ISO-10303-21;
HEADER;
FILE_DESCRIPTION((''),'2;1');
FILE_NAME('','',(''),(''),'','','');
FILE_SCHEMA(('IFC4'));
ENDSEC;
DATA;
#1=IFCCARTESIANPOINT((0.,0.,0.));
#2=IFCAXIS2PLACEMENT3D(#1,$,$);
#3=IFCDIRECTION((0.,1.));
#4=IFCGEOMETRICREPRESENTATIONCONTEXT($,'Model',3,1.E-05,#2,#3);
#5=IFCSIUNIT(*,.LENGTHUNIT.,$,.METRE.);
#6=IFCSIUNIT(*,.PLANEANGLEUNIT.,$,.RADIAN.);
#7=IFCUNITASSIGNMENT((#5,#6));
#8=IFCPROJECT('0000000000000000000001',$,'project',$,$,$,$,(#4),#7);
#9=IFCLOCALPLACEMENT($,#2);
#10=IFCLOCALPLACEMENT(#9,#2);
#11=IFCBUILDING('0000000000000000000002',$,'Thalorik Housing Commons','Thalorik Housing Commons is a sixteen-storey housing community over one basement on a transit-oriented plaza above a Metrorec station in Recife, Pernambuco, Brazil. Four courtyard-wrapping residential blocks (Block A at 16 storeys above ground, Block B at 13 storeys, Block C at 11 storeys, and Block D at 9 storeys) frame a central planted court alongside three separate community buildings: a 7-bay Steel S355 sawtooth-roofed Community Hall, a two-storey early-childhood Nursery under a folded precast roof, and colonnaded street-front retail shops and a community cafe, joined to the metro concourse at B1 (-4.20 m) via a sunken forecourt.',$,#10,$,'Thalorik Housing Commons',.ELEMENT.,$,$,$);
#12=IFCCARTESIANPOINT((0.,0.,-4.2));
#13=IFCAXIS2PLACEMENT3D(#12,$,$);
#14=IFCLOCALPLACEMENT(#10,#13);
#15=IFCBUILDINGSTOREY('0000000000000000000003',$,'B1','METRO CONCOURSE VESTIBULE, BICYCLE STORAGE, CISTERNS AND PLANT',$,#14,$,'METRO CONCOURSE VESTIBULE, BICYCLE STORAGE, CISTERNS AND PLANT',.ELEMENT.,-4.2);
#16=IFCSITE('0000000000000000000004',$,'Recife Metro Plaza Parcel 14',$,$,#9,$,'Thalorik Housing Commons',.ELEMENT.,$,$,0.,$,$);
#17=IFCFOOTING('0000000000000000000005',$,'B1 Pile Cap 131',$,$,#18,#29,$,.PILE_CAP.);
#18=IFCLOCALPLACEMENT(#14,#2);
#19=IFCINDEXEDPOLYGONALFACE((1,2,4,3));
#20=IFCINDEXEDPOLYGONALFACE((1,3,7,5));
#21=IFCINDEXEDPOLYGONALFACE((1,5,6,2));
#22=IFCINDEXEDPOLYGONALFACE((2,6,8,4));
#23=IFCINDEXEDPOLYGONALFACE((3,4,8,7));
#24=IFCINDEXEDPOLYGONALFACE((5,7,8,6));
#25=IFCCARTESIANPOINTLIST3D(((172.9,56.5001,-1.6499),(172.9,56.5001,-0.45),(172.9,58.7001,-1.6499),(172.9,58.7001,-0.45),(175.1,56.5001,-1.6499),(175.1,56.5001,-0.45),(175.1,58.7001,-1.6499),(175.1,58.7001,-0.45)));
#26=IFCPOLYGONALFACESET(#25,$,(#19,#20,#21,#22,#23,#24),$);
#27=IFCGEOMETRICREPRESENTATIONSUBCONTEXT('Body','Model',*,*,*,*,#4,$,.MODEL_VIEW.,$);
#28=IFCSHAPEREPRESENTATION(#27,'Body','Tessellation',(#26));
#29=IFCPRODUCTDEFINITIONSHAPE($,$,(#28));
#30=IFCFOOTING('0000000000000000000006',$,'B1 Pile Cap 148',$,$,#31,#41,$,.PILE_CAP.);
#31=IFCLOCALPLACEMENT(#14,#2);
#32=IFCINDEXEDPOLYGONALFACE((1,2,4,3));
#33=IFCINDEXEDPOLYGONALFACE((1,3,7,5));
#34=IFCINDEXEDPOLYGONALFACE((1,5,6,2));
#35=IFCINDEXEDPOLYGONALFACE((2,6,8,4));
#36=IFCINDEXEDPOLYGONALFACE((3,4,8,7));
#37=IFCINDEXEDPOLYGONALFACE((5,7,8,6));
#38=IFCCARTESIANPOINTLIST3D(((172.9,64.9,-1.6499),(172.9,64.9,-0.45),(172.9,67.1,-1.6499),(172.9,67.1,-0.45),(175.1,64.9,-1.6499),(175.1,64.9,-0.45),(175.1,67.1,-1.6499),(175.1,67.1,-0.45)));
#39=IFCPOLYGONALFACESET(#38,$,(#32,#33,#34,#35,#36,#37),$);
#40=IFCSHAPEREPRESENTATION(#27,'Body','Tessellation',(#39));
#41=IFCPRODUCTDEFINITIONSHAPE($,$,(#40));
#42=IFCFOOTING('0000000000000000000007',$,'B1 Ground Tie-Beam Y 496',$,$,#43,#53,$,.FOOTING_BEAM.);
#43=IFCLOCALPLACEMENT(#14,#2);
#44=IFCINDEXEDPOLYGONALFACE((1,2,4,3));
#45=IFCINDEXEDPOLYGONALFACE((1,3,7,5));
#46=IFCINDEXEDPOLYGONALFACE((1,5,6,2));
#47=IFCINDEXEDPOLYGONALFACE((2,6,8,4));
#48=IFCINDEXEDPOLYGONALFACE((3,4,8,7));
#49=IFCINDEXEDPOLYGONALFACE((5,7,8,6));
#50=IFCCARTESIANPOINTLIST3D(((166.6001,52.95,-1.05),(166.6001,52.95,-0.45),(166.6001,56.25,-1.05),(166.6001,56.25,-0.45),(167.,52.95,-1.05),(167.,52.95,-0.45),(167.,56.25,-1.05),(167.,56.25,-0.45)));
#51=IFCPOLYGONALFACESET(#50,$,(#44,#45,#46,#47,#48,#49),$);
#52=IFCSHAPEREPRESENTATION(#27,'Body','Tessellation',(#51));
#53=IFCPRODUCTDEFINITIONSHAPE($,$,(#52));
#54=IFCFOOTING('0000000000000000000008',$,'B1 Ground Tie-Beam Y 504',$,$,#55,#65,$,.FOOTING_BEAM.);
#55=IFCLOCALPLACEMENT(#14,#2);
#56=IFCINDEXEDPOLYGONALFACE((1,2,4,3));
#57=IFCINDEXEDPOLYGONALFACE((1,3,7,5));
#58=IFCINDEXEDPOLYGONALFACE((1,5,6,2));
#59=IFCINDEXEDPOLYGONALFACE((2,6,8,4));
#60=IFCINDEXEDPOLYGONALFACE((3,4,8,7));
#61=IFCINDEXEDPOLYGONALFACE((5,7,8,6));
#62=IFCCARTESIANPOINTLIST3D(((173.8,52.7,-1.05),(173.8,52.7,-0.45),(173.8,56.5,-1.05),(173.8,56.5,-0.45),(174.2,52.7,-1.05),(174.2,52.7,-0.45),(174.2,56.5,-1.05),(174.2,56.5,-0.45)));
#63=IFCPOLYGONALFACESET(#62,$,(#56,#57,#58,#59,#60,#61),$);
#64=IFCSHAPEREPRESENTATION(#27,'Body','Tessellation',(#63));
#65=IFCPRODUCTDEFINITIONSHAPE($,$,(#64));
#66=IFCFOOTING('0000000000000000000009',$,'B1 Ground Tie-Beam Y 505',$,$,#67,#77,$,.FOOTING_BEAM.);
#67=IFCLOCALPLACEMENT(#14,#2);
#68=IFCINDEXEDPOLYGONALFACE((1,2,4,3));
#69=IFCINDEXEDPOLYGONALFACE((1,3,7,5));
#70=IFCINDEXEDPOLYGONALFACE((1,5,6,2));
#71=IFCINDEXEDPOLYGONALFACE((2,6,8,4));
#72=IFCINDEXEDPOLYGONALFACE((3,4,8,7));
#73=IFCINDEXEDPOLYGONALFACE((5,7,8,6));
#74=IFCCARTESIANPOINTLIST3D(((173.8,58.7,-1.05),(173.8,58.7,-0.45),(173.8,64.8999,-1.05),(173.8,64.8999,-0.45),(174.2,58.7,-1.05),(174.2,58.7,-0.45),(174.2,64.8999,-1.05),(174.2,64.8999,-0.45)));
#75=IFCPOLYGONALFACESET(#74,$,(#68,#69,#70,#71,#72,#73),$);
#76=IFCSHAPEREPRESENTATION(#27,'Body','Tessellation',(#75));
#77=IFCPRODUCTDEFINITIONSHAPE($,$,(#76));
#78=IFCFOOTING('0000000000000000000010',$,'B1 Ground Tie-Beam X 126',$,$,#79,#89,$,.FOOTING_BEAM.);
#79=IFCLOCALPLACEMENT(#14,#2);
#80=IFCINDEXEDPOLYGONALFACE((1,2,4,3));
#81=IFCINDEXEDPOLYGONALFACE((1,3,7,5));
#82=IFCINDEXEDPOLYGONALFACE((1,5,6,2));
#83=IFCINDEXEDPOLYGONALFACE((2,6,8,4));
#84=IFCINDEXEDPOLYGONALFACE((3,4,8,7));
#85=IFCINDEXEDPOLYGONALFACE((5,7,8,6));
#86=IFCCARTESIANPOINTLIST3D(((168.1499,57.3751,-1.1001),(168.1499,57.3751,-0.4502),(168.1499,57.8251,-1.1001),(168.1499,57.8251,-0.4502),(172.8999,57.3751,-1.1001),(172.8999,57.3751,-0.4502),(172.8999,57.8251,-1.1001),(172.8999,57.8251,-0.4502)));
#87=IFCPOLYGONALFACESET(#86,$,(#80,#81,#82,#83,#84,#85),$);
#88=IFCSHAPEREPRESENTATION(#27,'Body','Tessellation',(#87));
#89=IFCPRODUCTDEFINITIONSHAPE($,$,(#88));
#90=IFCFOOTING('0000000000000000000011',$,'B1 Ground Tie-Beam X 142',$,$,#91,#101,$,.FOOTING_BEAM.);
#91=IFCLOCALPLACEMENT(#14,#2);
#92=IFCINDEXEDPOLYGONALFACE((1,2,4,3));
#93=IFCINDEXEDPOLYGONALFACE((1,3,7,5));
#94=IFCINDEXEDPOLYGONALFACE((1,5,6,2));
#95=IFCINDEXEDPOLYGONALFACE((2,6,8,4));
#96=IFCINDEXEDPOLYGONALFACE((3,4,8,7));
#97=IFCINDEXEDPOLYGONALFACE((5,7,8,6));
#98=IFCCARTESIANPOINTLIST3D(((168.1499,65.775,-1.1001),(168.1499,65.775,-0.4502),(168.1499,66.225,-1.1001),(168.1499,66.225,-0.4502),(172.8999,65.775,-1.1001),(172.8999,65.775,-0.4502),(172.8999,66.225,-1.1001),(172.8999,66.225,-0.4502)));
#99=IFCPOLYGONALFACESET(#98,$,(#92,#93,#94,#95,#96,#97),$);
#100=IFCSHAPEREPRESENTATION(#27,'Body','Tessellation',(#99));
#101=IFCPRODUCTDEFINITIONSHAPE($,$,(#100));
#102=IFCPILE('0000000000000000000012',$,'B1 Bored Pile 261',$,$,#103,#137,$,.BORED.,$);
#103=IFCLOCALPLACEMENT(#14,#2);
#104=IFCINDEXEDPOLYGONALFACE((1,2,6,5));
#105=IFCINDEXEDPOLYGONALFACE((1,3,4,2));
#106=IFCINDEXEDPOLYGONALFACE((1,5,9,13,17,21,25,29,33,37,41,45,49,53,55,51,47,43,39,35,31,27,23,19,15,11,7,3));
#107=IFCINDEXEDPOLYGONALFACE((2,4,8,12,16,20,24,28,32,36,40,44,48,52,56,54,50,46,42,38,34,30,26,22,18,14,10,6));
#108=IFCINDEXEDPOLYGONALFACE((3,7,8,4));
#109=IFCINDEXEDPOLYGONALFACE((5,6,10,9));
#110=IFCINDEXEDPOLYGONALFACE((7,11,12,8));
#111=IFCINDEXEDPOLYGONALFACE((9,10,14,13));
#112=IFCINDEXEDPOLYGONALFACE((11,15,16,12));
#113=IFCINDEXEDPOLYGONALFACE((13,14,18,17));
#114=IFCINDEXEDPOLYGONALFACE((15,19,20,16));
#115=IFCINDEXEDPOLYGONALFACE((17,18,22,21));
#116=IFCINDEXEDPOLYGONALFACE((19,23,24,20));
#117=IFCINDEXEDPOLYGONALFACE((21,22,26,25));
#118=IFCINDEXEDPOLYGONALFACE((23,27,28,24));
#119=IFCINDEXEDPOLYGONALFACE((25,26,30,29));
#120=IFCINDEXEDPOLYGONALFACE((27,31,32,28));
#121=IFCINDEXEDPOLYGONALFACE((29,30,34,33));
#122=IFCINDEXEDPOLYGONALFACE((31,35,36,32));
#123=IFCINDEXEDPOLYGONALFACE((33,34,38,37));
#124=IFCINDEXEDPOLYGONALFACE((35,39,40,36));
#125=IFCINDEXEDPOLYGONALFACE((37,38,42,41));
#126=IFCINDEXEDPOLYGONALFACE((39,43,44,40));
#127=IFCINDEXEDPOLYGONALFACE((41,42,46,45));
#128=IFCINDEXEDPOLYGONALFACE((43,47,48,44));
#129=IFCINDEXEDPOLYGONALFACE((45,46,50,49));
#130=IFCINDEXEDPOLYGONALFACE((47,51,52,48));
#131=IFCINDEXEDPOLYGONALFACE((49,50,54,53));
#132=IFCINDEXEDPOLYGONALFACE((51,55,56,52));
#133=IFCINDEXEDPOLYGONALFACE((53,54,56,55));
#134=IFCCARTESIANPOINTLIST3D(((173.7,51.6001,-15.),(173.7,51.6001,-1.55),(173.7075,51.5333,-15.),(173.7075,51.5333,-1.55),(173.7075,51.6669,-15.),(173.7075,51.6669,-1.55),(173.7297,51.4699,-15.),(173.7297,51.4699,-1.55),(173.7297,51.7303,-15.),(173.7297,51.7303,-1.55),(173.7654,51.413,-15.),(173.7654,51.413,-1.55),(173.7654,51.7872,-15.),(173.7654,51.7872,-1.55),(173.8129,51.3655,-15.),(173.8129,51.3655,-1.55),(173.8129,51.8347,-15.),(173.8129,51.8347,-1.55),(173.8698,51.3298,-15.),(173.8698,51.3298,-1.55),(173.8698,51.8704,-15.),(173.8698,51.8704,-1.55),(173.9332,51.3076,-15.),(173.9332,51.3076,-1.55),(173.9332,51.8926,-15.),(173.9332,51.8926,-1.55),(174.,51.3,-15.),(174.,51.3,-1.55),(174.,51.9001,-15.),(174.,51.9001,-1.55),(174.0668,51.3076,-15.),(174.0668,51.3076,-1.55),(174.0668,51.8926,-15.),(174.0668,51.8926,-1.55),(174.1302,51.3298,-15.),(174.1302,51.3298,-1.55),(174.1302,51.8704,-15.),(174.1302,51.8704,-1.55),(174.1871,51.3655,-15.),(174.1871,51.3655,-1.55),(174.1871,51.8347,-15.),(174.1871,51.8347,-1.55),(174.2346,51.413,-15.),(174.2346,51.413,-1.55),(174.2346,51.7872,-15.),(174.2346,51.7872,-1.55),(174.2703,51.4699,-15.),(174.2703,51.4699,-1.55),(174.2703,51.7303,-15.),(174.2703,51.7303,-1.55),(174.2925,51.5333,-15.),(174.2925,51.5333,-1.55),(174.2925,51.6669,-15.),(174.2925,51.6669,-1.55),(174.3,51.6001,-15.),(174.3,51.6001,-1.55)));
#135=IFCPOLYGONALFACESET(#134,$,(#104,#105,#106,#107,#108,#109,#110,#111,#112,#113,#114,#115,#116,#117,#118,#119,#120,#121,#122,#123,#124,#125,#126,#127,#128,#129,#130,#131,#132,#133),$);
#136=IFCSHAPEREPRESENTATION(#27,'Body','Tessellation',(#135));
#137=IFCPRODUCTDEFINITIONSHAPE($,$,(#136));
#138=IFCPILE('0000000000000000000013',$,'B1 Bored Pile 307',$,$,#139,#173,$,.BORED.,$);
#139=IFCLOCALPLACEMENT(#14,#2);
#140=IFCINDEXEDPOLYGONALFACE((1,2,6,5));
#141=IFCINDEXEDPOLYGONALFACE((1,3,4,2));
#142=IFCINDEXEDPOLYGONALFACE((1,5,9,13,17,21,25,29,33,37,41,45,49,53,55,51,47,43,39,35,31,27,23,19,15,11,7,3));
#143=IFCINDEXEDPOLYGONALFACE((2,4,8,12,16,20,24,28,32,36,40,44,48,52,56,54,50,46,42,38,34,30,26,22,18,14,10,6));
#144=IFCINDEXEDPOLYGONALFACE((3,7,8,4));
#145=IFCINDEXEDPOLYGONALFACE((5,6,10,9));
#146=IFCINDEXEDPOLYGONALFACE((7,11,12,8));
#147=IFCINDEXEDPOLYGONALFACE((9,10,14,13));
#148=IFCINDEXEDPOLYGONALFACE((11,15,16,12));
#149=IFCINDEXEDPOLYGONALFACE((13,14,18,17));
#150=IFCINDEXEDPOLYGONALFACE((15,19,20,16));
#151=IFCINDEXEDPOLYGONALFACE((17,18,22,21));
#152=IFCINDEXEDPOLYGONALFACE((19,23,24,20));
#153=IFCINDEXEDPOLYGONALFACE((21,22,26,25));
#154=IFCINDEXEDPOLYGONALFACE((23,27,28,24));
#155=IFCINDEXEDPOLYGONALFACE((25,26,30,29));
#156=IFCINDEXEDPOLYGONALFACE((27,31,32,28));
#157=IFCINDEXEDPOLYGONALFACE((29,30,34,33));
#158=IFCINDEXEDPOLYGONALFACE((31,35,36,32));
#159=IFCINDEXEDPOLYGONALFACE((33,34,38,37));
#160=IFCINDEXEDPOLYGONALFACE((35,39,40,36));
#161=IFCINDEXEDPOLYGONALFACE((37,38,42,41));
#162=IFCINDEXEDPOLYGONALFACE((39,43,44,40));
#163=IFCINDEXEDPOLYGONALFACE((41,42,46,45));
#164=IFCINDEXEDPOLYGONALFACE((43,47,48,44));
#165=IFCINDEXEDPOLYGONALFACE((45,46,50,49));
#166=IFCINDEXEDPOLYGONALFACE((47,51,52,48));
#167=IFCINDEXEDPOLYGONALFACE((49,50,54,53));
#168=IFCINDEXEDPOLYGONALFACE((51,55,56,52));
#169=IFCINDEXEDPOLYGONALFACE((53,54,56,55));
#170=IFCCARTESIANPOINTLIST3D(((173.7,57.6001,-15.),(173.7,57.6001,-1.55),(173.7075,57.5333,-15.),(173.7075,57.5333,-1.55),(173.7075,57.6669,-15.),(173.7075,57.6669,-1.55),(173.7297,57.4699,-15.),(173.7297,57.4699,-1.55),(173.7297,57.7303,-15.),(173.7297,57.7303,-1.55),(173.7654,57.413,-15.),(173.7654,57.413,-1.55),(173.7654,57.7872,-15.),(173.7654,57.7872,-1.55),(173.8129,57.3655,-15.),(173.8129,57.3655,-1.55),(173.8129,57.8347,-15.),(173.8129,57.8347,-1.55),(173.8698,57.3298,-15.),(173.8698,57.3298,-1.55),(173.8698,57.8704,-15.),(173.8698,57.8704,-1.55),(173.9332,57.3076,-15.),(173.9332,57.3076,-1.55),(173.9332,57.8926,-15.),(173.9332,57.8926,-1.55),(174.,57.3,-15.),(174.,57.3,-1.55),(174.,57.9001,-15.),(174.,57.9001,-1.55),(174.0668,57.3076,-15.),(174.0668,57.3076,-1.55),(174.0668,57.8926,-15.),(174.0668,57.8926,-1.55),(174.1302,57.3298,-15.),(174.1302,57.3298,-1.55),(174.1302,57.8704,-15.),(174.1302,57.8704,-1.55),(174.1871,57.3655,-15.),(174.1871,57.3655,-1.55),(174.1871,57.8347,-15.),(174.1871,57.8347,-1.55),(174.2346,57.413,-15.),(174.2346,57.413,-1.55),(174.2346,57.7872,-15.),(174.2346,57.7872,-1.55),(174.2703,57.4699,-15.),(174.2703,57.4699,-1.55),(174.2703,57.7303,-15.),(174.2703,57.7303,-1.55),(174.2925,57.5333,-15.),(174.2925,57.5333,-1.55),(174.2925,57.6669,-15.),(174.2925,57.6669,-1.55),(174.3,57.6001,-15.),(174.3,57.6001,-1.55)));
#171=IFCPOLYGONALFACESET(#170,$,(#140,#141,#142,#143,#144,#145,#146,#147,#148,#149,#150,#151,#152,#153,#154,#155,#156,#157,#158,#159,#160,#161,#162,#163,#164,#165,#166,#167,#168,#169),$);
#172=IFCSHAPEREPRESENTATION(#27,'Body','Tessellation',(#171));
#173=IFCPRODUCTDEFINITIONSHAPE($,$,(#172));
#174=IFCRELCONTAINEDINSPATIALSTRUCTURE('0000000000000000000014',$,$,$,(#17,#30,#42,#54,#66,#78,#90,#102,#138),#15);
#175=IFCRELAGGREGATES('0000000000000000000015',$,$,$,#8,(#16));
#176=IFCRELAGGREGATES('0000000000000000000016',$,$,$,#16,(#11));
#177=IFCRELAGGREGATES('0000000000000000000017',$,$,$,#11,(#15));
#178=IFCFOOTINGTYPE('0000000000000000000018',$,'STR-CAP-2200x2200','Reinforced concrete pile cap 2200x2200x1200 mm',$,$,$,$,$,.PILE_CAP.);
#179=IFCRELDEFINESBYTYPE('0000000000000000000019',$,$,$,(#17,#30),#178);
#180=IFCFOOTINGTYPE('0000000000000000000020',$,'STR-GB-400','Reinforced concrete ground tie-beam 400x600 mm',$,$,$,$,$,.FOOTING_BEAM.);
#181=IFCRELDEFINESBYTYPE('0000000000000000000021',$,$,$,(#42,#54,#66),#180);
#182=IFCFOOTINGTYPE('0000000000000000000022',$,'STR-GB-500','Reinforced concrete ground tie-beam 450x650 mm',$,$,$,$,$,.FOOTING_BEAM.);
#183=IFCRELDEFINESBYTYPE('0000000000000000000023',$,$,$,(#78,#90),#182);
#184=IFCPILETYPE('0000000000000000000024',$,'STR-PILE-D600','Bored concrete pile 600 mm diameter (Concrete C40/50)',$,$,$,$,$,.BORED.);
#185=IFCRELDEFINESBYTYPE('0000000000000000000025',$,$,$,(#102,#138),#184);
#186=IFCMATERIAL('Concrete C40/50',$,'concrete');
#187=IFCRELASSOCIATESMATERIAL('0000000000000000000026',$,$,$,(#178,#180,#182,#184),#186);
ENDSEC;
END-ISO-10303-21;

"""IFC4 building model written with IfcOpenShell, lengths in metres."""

from ifc_helpers import new_model, si_unit, direction, frame, origin, origin_2d, place, context, subcontext, project, spatial, rectangle, circle, extrude, material, material_profile, profile_set, type_object, element, save


model = new_model("IFC4")

# Units and contexts
model_context = context("Model", 3, precision=1e-05, world=origin(), true_north=direction((0.0, 1.0)))
body_context = subcontext(model_context, "Body", "Model", "MODEL_VIEW")
ifc_project = project(units=[si_unit("LENGTHUNIT", "METRE"), si_unit("PLANEANGLEUNIT", "RADIAN")], contexts=[model_context])

# Site, building, storey
site_placement = place(None, origin())
site = spatial("IfcSite", under=ifc_project, at=site_placement, Name="Recife Metro Plaza Parcel 14", LongName="Thalorik Housing Commons", CompositionType="ELEMENT", RefElevation=0.0)
building_placement = place(site_placement, origin())
building = spatial("IfcBuilding", under=site, at=building_placement, Name="Thalorik Housing Commons", Description="Thalorik Housing Commons is a sixteen-storey housing community over one basement on a transit-oriented plaza above a Metrorec station in Recife, Pernambuco, Brazil. Four courtyard-wrapping residential blocks (Block A at 16 storeys above ground, Block B at 13 storeys, Block C at 11 storeys, and Block D at 9 storeys) frame a central planted court alongside three separate community buildings: a 7-bay Steel S355 sawtooth-roofed Community Hall, a two-storey early-childhood Nursery under a folded precast roof, and colonnaded street-front retail shops and a community cafe, joined to the metro concourse at B1 (-4.20 m) via a sunken forecourt.", LongName="Thalorik Housing Commons", CompositionType="ELEMENT")
storey_placement = place(building_placement, frame((0.0, 0.0, -4.2)))
storey = spatial("IfcBuildingStorey", under=building, at=storey_placement, Name="B1", Description="METRO CONCOURSE VESTIBULE, BICYCLE STORAGE, CISTERNS AND PLANT", LongName="METRO CONCOURSE VESTIBULE, BICYCLE STORAGE, CISTERNS AND PLANT", CompositionType="ELEMENT", Elevation=-4.2)

# Footings
ifc_material_1 = material(Name="Concrete C40/50", Category="concrete")
footing_type_1 = type_object("IfcFootingType", Name="STR-CAP-2200x2200", Description="Reinforced concrete pile cap 2200x2200x1200 mm", PredefinedType="PILE_CAP", material=ifc_material_1)
for number, where, z_axis, x_axis, name in (
    (1, (174.0, 57.6001, -1.6499), (0.0, 0.0, 1.0), (1.0, 0.0, 0.0), "B1 Pile Cap 131"),
    (2, (174.0, 66.0, -1.6499), (0.0, 0.0, 1.0), (1.0, 0.0, 0.0), "B1 Pile Cap 148"),
):
    element("IfcFooting", number, at=place(storey_placement, frame(where, z_axis=z_axis, x_axis=x_axis)), inside=storey, type_object=footing_type_1, Name=name, PredefinedType="PILE_CAP", context=body_context, shape_type="SweptSolid", body=[
        extrude(rectangle(XDim=2.2, YDim=2.2, at=origin_2d()), origin(), (0.0, 0.0, 1.0), 1.2),
    ])
ifc_material_profile_1 = material_profile(ifc_material_1, rectangle(XDim=0.3999, YDim=0.6001, at=origin_2d()), Name="RC 400x600", Category="concrete")
ifc_profile_set_1 = profile_set([ifc_material_profile_1], Name="Concrete C40/50")
footing_type_2 = type_object("IfcFootingType", Name="STR-GB-400", Description="Reinforced concrete ground tie-beam 400x600 mm", PredefinedType="FOOTING_BEAM", material=ifc_profile_set_1)
footing_1_placement = place(storey_placement, frame((166.8, 52.95, -0.75), z_axis=(0.0, 1.0, 0.0), x_axis=(-1.0, 0.0, 0.0)))
element("IfcFooting", 3, at=footing_1_placement, inside=storey, type_object=footing_type_2, Name="B1 Ground Tie-Beam Y 496", PredefinedType="FOOTING_BEAM", context=body_context, shape_type="SweptSolid", body=[
    extrude(rectangle(XDim=0.3999, YDim=0.6001, at=origin_2d()), origin(), (0.0, 0.0, 1.0), 3.3),
])
footing_2_placement = place(storey_placement, frame((174.0, 52.7, -0.75), z_axis=(0.0, 1.0, 0.0), x_axis=(-1.0, 0.0, 0.0)))
element("IfcFooting", 4, at=footing_2_placement, inside=storey, type_object=footing_type_2, Name="B1 Ground Tie-Beam Y 504", PredefinedType="FOOTING_BEAM", context=body_context, shape_type="SweptSolid", body=[
    extrude(rectangle(XDim=0.3999, YDim=0.6001, at=origin_2d()), origin(), (0.0, 0.0, 1.0), 3.8),
])
footing_3_placement = place(storey_placement, frame((174.0, 58.7, -0.75), z_axis=(0.0, 1.0, 0.0), x_axis=(-1.0, 0.0, 0.0)))
element("IfcFooting", 5, at=footing_3_placement, inside=storey, type_object=footing_type_2, Name="B1 Ground Tie-Beam Y 505", PredefinedType="FOOTING_BEAM", context=body_context, shape_type="SweptSolid", body=[
    extrude(rectangle(XDim=0.3999, YDim=0.6001, at=origin_2d()), origin(), (0.0, 0.0, 1.0), 6.2),
])
ifc_material_profile_2 = material_profile(ifc_material_1, rectangle(XDim=0.45, YDim=0.6499, at=origin_2d()), Name="RC 450x650", Category="concrete")
ifc_profile_set_2 = profile_set([ifc_material_profile_2], Name="Concrete C40/50")
footing_type_3 = type_object("IfcFootingType", Name="STR-GB-500", Description="Reinforced concrete ground tie-beam 450x650 mm", PredefinedType="FOOTING_BEAM", material=ifc_profile_set_2)
for number, where, z_axis, x_axis, name in (
    (6, (168.1499, 57.6001, -0.7751), (1.0, 0.0, 0.0), (0.0, 1.0, 0.0), "B1 Ground Tie-Beam X 126"),
    (7, (168.1499, 66.0, -0.7751), (1.0, 0.0, 0.0), (0.0, 1.0, 0.0), "B1 Ground Tie-Beam X 142"),
):
    element("IfcFooting", number, at=place(storey_placement, frame(where, z_axis=z_axis, x_axis=x_axis)), inside=storey, type_object=footing_type_3, Name=name, PredefinedType="FOOTING_BEAM", context=body_context, shape_type="SweptSolid", body=[
        extrude(rectangle(XDim=0.45, YDim=0.6499, at=origin_2d()), origin(), (0.0, 0.0, 1.0), 4.75),
    ])

# Piles
ifc_material_profile_3 = material_profile(ifc_material_1, circle(Radius=0.3, at=origin_2d()), Name="BORED PILE D600", Category="concrete")
ifc_profile_set_3 = profile_set([ifc_material_profile_3], Name="Concrete C40/50")
pile_type_1 = type_object("IfcPileType", Name="STR-PILE-D600", Description="Bored concrete pile 600 mm diameter (Concrete C40/50)", PredefinedType="BORED", material=ifc_profile_set_3)
for number, where, z_axis, x_axis, name in (
    (8, (174.0, 51.6001, -1.55), (0.0, 0.0, -1.0), (1.0, 0.0, 0.0), "B1 Bored Pile 261"),
    (9, (174.0, 57.6001, -1.55), (0.0, 0.0, -1.0), (1.0, 0.0, 0.0), "B1 Bored Pile 307"),
):
    element("IfcPile", number, at=place(storey_placement, frame(where, z_axis=z_axis, x_axis=x_axis)), inside=storey, type_object=pile_type_1, Name=name, PredefinedType="BORED", context=body_context, shape_type="SweptSolid", body=[
        extrude(circle(Radius=0.3, at=origin_2d()), origin(), (0.0, 0.0, 1.0), 13.45),
    ])

save(model, "model.ifc")
